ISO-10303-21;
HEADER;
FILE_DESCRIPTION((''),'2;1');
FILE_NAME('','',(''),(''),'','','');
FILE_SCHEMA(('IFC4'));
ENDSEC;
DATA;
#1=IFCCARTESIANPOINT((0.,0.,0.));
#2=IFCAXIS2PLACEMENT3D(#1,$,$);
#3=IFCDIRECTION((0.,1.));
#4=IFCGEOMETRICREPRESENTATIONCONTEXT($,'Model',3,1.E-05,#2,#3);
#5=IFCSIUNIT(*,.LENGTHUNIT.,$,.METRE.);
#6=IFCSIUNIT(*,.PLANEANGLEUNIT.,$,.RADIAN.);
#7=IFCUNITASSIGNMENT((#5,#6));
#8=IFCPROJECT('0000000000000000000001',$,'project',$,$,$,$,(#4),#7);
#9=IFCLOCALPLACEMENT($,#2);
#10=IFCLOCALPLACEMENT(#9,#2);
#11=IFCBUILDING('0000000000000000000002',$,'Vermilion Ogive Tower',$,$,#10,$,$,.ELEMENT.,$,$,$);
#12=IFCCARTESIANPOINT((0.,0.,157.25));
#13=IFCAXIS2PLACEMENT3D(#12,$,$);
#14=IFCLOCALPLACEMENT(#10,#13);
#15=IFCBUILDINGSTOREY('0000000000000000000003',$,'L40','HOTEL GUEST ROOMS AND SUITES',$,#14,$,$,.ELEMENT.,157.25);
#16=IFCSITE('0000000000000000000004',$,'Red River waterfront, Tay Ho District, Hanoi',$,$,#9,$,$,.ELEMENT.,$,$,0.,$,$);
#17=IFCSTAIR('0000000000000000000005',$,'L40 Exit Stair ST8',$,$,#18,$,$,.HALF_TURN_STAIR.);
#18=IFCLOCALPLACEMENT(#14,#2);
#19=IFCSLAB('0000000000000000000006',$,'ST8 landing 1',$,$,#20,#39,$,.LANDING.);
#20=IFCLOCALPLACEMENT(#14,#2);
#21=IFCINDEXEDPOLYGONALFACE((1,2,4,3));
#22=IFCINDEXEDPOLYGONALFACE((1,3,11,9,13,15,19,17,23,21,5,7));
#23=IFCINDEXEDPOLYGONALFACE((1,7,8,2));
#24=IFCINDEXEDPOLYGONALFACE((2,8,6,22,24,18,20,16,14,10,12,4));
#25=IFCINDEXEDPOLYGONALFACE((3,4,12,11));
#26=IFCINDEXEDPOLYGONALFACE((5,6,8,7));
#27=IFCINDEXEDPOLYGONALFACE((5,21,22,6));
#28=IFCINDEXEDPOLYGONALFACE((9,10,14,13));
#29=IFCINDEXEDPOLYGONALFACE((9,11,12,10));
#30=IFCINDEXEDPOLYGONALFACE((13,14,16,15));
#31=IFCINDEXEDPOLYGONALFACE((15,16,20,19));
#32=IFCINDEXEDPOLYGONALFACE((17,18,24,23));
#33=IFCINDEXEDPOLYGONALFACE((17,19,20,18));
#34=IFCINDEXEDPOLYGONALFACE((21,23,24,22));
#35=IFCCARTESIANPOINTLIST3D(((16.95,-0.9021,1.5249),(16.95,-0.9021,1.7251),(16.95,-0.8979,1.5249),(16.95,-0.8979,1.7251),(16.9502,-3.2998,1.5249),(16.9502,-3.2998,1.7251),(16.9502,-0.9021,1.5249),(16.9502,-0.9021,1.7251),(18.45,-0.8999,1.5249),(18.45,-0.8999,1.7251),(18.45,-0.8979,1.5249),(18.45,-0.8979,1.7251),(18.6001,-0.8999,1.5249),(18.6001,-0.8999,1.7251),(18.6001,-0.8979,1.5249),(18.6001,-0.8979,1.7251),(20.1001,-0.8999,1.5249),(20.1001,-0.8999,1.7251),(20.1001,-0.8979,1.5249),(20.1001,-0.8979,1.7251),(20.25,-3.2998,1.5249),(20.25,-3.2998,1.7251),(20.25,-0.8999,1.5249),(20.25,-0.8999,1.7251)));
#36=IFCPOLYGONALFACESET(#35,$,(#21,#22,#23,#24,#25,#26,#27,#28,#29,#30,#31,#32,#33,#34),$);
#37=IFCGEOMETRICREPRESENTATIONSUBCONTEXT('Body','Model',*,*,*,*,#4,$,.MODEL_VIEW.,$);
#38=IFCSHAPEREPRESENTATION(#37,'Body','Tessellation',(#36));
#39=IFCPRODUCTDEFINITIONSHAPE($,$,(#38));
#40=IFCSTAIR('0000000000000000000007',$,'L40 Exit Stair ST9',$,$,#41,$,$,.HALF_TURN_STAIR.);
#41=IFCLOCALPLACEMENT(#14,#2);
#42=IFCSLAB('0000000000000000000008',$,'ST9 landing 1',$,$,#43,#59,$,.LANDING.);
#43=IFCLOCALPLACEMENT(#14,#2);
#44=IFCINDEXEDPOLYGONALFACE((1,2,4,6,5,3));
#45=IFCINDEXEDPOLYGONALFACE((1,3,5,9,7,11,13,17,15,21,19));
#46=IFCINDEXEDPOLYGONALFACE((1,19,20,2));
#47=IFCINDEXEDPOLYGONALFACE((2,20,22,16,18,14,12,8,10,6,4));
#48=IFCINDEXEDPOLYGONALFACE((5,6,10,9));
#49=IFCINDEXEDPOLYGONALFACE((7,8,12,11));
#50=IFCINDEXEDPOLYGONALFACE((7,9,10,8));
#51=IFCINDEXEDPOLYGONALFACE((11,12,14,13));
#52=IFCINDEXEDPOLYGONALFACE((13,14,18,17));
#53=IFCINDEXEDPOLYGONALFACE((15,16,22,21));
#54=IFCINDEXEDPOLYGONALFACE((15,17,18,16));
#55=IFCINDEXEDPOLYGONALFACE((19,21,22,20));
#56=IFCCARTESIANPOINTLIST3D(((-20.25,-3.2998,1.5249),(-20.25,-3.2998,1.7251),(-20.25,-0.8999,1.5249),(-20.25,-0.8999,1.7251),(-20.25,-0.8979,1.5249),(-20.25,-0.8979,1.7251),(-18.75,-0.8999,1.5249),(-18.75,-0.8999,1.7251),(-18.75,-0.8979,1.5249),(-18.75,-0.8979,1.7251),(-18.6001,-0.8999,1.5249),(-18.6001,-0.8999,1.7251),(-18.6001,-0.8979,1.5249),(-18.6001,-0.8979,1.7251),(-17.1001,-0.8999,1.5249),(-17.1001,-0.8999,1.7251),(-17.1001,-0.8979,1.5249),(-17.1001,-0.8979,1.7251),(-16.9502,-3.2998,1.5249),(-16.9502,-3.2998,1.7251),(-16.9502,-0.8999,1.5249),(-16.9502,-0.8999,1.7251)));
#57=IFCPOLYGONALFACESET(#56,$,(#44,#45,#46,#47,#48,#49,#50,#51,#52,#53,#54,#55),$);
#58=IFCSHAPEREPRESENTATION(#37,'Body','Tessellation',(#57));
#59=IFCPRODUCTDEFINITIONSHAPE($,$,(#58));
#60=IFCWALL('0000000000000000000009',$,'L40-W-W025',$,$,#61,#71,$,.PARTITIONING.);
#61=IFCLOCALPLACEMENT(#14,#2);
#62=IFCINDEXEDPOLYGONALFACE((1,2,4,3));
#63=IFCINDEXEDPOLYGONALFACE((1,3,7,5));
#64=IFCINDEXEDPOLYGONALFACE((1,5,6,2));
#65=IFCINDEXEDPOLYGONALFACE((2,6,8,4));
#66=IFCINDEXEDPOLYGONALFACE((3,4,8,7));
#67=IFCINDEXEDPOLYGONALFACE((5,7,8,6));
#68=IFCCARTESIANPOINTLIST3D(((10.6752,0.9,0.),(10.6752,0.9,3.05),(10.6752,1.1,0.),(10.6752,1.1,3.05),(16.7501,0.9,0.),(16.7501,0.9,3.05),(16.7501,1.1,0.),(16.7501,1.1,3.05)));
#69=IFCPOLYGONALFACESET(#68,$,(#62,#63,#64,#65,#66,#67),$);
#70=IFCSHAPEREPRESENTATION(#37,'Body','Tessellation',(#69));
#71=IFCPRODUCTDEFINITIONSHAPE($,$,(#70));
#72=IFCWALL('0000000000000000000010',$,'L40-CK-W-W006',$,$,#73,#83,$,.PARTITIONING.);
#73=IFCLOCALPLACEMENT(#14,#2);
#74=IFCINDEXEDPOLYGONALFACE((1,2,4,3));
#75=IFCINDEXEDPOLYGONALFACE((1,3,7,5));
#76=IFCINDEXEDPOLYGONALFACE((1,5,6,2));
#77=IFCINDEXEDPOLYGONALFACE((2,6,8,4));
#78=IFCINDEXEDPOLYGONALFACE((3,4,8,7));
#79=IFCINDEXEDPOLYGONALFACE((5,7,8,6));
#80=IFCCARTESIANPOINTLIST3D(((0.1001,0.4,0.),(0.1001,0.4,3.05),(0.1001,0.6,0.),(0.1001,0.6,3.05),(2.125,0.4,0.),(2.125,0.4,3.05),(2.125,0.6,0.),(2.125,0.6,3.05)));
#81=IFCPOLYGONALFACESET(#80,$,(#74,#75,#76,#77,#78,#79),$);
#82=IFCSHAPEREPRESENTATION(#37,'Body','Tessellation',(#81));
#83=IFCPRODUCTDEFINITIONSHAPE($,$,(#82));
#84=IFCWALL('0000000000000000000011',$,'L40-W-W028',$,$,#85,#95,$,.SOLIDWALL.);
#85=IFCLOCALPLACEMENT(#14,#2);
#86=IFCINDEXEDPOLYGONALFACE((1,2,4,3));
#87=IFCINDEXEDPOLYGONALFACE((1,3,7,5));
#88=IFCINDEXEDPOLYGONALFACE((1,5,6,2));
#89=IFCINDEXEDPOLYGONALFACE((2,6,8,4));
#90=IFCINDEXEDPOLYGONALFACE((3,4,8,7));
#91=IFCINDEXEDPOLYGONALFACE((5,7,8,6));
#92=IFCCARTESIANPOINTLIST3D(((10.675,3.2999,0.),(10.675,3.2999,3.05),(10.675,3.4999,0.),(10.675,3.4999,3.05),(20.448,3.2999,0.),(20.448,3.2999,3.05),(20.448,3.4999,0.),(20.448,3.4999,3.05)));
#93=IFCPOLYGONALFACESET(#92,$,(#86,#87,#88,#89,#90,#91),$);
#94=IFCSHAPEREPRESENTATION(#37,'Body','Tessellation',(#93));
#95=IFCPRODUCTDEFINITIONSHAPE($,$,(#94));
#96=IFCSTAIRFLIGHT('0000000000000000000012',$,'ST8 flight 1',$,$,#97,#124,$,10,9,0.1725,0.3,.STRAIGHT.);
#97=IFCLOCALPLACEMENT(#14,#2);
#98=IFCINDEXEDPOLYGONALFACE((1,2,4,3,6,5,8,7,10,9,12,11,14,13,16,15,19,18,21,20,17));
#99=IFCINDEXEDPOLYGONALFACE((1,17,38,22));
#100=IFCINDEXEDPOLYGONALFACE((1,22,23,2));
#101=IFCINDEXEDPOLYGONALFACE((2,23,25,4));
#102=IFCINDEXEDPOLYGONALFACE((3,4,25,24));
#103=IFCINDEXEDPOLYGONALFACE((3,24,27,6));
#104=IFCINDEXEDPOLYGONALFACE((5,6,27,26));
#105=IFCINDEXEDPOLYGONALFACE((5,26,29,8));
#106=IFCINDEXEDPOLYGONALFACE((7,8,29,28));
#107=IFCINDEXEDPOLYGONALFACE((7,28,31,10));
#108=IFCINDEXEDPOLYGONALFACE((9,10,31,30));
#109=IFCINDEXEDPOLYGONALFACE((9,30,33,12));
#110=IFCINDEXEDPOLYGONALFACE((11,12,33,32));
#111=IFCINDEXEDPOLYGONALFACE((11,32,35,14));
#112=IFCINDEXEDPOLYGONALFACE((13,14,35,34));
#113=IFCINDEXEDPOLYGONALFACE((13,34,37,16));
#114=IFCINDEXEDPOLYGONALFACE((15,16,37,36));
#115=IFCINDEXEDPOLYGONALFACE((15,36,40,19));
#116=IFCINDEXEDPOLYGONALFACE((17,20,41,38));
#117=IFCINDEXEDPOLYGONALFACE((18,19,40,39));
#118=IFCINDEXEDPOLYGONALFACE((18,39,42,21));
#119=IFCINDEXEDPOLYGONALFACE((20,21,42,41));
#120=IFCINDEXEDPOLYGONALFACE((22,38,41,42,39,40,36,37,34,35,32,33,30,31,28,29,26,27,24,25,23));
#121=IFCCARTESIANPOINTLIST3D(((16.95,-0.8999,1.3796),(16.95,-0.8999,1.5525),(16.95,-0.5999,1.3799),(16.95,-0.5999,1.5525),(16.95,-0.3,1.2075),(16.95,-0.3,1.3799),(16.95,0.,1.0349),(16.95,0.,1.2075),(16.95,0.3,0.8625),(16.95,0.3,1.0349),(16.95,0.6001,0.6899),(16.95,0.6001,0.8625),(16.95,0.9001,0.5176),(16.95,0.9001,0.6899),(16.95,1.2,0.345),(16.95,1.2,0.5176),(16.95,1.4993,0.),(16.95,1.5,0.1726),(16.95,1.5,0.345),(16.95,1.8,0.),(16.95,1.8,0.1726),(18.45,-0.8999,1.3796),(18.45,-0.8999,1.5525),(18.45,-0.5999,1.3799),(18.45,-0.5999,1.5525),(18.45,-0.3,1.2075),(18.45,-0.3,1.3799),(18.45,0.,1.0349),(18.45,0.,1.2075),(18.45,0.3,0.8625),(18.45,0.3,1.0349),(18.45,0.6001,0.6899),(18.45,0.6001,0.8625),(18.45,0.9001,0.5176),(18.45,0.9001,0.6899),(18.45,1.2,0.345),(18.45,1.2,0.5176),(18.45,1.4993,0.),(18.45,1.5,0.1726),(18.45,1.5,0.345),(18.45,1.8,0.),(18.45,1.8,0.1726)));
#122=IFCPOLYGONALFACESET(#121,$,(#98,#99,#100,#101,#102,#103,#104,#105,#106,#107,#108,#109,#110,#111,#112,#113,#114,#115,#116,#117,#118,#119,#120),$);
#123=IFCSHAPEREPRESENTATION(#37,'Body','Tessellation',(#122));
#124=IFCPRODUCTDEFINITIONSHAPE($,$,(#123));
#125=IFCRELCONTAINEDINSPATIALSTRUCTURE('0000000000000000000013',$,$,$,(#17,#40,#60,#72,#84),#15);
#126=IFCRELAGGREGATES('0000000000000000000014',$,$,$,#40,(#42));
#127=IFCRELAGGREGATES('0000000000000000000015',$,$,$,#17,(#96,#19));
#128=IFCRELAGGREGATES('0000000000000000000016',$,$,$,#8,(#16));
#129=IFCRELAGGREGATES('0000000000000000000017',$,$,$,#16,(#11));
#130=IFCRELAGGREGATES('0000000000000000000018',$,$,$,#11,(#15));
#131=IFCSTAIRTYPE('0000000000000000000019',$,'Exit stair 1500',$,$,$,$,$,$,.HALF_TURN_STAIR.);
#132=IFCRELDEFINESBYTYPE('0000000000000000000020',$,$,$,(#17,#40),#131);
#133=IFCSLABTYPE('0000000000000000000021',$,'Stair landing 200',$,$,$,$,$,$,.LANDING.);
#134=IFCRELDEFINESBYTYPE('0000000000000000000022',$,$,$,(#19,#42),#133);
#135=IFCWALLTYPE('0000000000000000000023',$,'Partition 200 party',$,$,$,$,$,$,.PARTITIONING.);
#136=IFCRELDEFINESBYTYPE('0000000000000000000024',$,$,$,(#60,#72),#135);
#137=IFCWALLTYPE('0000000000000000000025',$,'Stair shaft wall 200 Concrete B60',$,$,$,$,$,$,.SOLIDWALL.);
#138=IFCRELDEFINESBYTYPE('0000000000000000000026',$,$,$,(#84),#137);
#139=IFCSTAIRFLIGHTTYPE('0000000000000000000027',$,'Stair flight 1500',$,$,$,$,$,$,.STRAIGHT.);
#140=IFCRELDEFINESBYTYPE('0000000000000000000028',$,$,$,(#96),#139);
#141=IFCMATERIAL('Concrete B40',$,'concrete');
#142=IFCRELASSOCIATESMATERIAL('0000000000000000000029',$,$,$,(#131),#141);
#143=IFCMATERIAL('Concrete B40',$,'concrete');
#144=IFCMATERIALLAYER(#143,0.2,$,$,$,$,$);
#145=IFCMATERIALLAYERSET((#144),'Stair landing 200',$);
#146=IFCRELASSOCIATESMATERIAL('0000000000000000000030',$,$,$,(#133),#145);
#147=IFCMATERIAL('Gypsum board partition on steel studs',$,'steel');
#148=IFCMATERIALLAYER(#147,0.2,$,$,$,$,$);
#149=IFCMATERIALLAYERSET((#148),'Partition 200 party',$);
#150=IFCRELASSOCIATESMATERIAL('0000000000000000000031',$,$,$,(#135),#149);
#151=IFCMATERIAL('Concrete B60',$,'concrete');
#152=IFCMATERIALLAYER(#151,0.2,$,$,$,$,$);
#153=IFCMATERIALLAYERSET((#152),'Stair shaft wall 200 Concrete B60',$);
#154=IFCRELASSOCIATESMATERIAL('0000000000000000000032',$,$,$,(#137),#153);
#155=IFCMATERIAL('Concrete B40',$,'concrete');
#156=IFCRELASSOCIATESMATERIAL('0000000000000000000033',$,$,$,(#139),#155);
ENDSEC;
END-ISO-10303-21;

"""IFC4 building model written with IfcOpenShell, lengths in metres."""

from ifc_helpers import new_model, si_unit, direction, frame, frame_2d, origin, place, context, subcontext, project, spatial, polyline, rectangle, outline, extrude, material, layer, layer_set, type_object, element, aggregate, save


model = new_model("IFC4")

# Units and contexts
model_context = context("Model", 3, precision=1e-05, world=origin(), true_north=direction((0.0, 1.0)))
body_context = subcontext(model_context, "Body", "Model", "MODEL_VIEW")
ifc_project = project(units=[si_unit("LENGTHUNIT", "METRE"), si_unit("PLANEANGLEUNIT", "RADIAN")], contexts=[model_context])

# Site, building, storey
site_placement = place(None, origin())
site = spatial("IfcSite", under=ifc_project, at=site_placement, Name="Red River waterfront, Tay Ho District, Hanoi", CompositionType="ELEMENT", RefElevation=0.0)
building_placement = place(site_placement, origin())
building = spatial("IfcBuilding", under=site, at=building_placement, Name="Vermilion Ogive Tower", CompositionType="ELEMENT")
storey_placement = place(building_placement, frame((0.0, 0.0, 157.25)))
storey = spatial("IfcBuildingStorey", under=building, at=storey_placement, Name="L40", Description="HOTEL GUEST ROOMS AND SUITES", CompositionType="ELEMENT", Elevation=157.25)

# Stairs, slabs
ifc_material_1 = material(Name="Concrete B40", Category="concrete")
stair_type = type_object("IfcStairType", Name="Exit stair 1500", PredefinedType="HALF_TURN_STAIR", material=ifc_material_1)
ifc_material_2 = material(Name="Concrete B40", Category="concrete")
ifc_layer_1 = layer(ifc_material_2, 0.2)
ifc_layer_set_1 = layer_set([ifc_layer_1], Name="Stair landing 200")
slab_type_1 = type_object("IfcSlabType", Name="Stair landing 200", PredefinedType="LANDING", material=ifc_layer_set_1)
stair_1_placement = place(storey_placement, origin())
stair_1 = element("IfcStair", 1, at=stair_1_placement, inside=storey, type_object=stair_type, Name="L40 Exit Stair ST8", PredefinedType="HALF_TURN_STAIR")
slab_1_placement = place(storey_placement, frame((0.0, 0.0, 1.5249)))
slab_1 = element("IfcSlab", 2, at=slab_1_placement, type_object=slab_type_1, Name="ST8 landing 1", PredefinedType="LANDING", context=body_context, shape_type="SweptSolid", body=[
    extrude(outline(polyline([(20.25, -0.8999), (20.1001, -0.8999), (20.1001, -0.8979), (18.6001, -0.8979), (18.6001, -0.8999), (18.45, -0.8999), (18.45, -0.8979), (16.95, -0.8979), (16.95, -0.9021), (16.9502, -0.9021), (16.9502, -3.2998), (20.25, -3.2998), (20.25, -0.8999)])), origin(), (0.0, 0.0, 1.0), 0.2002),
])
stair_2_placement = place(storey_placement, origin())
stair_2 = element("IfcStair", 3, at=stair_2_placement, inside=storey, type_object=stair_type, Name="L40 Exit Stair ST9", PredefinedType="HALF_TURN_STAIR")
slab_2_placement = place(storey_placement, frame((0.0, 0.0, 1.5249)))
slab_2 = element("IfcSlab", 4, at=slab_2_placement, type_object=slab_type_1, Name="ST9 landing 1", PredefinedType="LANDING", context=body_context, shape_type="SweptSolid", body=[
    extrude(outline(polyline([(-16.9502, -0.8999), (-17.1001, -0.8999), (-17.1001, -0.8979), (-18.6001, -0.8979), (-18.6001, -0.8999), (-18.75, -0.8999), (-18.75, -0.8979), (-20.25, -0.8979), (-20.25, -0.8999), (-20.25, -0.8999), (-20.25, -3.2998), (-16.9502, -3.2998), (-16.9502, -0.8999)])), origin(), (0.0, 0.0, 1.0), 0.2002),
])
aggregate(stair_2, [slab_2])

# Walls
ifc_material_3 = material(Name="Gypsum board partition on steel studs", Category="steel")
ifc_layer_2 = layer(ifc_material_3, 0.2)
ifc_layer_set_2 = layer_set([ifc_layer_2], Name="Partition 200 party")
wall_type_1 = type_object("IfcWallType", Name="Partition 200 party", PredefinedType="PARTITIONING", material=ifc_layer_set_2)
wall_1_placement = place(storey_placement, frame((10.675, 1.0, 0.0), z_axis=(0.0, 0.0, 1.0), x_axis=(1.0, 0.0, 0.0)))
element("IfcWall", 5, at=wall_1_placement, inside=storey, type_object=wall_type_1, Name="L40-W-W025", PredefinedType="PARTITIONING", context=body_context, shape_type="SweptSolid", body=[
    extrude(rectangle(XDim=6.075, YDim=0.2, at=frame_2d((3.0376, 0.0))), origin(), (0.0, 0.0, 1.0), 3.05),
])
wall_2_placement = place(storey_placement, frame((0.1001, 0.5, 0.0), z_axis=(0.0, 0.0, 1.0), x_axis=(1.0, 0.0, 0.0)))
element("IfcWall", 6, at=wall_2_placement, inside=storey, type_object=wall_type_1, Name="L40-CK-W-W006", PredefinedType="PARTITIONING", context=body_context, shape_type="SweptSolid", body=[
    extrude(rectangle(XDim=2.0249, YDim=0.2, at=frame_2d((1.0125, 0.0))), origin(), (0.0, 0.0, 1.0), 3.05),
])
ifc_material_4 = material(Name="Concrete B60", Category="concrete")
ifc_layer_3 = layer(ifc_material_4, 0.2)
ifc_layer_set_3 = layer_set([ifc_layer_3], Name="Stair shaft wall 200 Concrete B60")
wall_type_2 = type_object("IfcWallType", Name="Stair shaft wall 200 Concrete B60", PredefinedType="SOLIDWALL", material=ifc_layer_set_3)
wall_3_placement = place(storey_placement, frame((10.675, 3.3999, 0.0), z_axis=(0.0, 0.0, 1.0), x_axis=(1.0, 0.0, 0.0)))
element("IfcWall", 7, at=wall_3_placement, inside=storey, type_object=wall_type_2, Name="L40-W-W028", PredefinedType="SOLIDWALL", context=body_context, shape_type="SweptSolid", body=[
    extrude(rectangle(XDim=9.7729, YDim=0.2, at=frame_2d((4.8865, 0.0))), origin(), (0.0, 0.0, 1.0), 3.05),
])

# Stair flight
ifc_material_5 = material(Name="Concrete B40", Category="concrete")
stair_flight_type = type_object("IfcStairFlightType", Name="Stair flight 1500", PredefinedType="STRAIGHT", material=ifc_material_5)
stair_flight_placement = place(storey_placement, frame((17.7, 1.8, 0.0), z_axis=(0.0, 0.0, 1.0), x_axis=(0.0, -1.0, 0.0)))
stair_flight = element("IfcStairFlight", 8, at=stair_flight_placement, type_object=stair_flight_type, Name="ST8 flight 1", NumberOfRisers=10, NumberOfTreads=9, PredefinedType="STRAIGHT", RiserHeight=0.1725, TreadLength=0.3, context=body_context, shape_type="SweptSolid", body=[
    extrude(outline(polyline([(0.0, 0.0), (0.0, 0.1726), (0.3, 0.1726), (0.3, 0.345), (0.6001, 0.345), (0.6001, 0.5176), (0.8999, 0.5176), (0.8999, 0.6899), (1.2, 0.6899), (1.2, 0.8625), (1.5, 0.8625), (1.5, 1.0349), (1.8, 1.0349), (1.8, 1.2075), (2.1001, 1.2075), (2.1001, 1.3799), (2.3999, 1.3799), (2.3999, 1.5525), (2.7, 1.5525), (2.7, 1.7251), (2.7, 1.3796), (0.3008, 0.0), (0.0, 0.0)])), frame((0.0, 0.75, 0.0), z_axis=(0.0, -1.0, 0.0), x_axis=(1.0, 0.0, 0.0)), (0.0, 0.0, 1.0), 1.5),
])
aggregate(stair_1, [stair_flight, slab_1])

save(model, "model.ifc")
